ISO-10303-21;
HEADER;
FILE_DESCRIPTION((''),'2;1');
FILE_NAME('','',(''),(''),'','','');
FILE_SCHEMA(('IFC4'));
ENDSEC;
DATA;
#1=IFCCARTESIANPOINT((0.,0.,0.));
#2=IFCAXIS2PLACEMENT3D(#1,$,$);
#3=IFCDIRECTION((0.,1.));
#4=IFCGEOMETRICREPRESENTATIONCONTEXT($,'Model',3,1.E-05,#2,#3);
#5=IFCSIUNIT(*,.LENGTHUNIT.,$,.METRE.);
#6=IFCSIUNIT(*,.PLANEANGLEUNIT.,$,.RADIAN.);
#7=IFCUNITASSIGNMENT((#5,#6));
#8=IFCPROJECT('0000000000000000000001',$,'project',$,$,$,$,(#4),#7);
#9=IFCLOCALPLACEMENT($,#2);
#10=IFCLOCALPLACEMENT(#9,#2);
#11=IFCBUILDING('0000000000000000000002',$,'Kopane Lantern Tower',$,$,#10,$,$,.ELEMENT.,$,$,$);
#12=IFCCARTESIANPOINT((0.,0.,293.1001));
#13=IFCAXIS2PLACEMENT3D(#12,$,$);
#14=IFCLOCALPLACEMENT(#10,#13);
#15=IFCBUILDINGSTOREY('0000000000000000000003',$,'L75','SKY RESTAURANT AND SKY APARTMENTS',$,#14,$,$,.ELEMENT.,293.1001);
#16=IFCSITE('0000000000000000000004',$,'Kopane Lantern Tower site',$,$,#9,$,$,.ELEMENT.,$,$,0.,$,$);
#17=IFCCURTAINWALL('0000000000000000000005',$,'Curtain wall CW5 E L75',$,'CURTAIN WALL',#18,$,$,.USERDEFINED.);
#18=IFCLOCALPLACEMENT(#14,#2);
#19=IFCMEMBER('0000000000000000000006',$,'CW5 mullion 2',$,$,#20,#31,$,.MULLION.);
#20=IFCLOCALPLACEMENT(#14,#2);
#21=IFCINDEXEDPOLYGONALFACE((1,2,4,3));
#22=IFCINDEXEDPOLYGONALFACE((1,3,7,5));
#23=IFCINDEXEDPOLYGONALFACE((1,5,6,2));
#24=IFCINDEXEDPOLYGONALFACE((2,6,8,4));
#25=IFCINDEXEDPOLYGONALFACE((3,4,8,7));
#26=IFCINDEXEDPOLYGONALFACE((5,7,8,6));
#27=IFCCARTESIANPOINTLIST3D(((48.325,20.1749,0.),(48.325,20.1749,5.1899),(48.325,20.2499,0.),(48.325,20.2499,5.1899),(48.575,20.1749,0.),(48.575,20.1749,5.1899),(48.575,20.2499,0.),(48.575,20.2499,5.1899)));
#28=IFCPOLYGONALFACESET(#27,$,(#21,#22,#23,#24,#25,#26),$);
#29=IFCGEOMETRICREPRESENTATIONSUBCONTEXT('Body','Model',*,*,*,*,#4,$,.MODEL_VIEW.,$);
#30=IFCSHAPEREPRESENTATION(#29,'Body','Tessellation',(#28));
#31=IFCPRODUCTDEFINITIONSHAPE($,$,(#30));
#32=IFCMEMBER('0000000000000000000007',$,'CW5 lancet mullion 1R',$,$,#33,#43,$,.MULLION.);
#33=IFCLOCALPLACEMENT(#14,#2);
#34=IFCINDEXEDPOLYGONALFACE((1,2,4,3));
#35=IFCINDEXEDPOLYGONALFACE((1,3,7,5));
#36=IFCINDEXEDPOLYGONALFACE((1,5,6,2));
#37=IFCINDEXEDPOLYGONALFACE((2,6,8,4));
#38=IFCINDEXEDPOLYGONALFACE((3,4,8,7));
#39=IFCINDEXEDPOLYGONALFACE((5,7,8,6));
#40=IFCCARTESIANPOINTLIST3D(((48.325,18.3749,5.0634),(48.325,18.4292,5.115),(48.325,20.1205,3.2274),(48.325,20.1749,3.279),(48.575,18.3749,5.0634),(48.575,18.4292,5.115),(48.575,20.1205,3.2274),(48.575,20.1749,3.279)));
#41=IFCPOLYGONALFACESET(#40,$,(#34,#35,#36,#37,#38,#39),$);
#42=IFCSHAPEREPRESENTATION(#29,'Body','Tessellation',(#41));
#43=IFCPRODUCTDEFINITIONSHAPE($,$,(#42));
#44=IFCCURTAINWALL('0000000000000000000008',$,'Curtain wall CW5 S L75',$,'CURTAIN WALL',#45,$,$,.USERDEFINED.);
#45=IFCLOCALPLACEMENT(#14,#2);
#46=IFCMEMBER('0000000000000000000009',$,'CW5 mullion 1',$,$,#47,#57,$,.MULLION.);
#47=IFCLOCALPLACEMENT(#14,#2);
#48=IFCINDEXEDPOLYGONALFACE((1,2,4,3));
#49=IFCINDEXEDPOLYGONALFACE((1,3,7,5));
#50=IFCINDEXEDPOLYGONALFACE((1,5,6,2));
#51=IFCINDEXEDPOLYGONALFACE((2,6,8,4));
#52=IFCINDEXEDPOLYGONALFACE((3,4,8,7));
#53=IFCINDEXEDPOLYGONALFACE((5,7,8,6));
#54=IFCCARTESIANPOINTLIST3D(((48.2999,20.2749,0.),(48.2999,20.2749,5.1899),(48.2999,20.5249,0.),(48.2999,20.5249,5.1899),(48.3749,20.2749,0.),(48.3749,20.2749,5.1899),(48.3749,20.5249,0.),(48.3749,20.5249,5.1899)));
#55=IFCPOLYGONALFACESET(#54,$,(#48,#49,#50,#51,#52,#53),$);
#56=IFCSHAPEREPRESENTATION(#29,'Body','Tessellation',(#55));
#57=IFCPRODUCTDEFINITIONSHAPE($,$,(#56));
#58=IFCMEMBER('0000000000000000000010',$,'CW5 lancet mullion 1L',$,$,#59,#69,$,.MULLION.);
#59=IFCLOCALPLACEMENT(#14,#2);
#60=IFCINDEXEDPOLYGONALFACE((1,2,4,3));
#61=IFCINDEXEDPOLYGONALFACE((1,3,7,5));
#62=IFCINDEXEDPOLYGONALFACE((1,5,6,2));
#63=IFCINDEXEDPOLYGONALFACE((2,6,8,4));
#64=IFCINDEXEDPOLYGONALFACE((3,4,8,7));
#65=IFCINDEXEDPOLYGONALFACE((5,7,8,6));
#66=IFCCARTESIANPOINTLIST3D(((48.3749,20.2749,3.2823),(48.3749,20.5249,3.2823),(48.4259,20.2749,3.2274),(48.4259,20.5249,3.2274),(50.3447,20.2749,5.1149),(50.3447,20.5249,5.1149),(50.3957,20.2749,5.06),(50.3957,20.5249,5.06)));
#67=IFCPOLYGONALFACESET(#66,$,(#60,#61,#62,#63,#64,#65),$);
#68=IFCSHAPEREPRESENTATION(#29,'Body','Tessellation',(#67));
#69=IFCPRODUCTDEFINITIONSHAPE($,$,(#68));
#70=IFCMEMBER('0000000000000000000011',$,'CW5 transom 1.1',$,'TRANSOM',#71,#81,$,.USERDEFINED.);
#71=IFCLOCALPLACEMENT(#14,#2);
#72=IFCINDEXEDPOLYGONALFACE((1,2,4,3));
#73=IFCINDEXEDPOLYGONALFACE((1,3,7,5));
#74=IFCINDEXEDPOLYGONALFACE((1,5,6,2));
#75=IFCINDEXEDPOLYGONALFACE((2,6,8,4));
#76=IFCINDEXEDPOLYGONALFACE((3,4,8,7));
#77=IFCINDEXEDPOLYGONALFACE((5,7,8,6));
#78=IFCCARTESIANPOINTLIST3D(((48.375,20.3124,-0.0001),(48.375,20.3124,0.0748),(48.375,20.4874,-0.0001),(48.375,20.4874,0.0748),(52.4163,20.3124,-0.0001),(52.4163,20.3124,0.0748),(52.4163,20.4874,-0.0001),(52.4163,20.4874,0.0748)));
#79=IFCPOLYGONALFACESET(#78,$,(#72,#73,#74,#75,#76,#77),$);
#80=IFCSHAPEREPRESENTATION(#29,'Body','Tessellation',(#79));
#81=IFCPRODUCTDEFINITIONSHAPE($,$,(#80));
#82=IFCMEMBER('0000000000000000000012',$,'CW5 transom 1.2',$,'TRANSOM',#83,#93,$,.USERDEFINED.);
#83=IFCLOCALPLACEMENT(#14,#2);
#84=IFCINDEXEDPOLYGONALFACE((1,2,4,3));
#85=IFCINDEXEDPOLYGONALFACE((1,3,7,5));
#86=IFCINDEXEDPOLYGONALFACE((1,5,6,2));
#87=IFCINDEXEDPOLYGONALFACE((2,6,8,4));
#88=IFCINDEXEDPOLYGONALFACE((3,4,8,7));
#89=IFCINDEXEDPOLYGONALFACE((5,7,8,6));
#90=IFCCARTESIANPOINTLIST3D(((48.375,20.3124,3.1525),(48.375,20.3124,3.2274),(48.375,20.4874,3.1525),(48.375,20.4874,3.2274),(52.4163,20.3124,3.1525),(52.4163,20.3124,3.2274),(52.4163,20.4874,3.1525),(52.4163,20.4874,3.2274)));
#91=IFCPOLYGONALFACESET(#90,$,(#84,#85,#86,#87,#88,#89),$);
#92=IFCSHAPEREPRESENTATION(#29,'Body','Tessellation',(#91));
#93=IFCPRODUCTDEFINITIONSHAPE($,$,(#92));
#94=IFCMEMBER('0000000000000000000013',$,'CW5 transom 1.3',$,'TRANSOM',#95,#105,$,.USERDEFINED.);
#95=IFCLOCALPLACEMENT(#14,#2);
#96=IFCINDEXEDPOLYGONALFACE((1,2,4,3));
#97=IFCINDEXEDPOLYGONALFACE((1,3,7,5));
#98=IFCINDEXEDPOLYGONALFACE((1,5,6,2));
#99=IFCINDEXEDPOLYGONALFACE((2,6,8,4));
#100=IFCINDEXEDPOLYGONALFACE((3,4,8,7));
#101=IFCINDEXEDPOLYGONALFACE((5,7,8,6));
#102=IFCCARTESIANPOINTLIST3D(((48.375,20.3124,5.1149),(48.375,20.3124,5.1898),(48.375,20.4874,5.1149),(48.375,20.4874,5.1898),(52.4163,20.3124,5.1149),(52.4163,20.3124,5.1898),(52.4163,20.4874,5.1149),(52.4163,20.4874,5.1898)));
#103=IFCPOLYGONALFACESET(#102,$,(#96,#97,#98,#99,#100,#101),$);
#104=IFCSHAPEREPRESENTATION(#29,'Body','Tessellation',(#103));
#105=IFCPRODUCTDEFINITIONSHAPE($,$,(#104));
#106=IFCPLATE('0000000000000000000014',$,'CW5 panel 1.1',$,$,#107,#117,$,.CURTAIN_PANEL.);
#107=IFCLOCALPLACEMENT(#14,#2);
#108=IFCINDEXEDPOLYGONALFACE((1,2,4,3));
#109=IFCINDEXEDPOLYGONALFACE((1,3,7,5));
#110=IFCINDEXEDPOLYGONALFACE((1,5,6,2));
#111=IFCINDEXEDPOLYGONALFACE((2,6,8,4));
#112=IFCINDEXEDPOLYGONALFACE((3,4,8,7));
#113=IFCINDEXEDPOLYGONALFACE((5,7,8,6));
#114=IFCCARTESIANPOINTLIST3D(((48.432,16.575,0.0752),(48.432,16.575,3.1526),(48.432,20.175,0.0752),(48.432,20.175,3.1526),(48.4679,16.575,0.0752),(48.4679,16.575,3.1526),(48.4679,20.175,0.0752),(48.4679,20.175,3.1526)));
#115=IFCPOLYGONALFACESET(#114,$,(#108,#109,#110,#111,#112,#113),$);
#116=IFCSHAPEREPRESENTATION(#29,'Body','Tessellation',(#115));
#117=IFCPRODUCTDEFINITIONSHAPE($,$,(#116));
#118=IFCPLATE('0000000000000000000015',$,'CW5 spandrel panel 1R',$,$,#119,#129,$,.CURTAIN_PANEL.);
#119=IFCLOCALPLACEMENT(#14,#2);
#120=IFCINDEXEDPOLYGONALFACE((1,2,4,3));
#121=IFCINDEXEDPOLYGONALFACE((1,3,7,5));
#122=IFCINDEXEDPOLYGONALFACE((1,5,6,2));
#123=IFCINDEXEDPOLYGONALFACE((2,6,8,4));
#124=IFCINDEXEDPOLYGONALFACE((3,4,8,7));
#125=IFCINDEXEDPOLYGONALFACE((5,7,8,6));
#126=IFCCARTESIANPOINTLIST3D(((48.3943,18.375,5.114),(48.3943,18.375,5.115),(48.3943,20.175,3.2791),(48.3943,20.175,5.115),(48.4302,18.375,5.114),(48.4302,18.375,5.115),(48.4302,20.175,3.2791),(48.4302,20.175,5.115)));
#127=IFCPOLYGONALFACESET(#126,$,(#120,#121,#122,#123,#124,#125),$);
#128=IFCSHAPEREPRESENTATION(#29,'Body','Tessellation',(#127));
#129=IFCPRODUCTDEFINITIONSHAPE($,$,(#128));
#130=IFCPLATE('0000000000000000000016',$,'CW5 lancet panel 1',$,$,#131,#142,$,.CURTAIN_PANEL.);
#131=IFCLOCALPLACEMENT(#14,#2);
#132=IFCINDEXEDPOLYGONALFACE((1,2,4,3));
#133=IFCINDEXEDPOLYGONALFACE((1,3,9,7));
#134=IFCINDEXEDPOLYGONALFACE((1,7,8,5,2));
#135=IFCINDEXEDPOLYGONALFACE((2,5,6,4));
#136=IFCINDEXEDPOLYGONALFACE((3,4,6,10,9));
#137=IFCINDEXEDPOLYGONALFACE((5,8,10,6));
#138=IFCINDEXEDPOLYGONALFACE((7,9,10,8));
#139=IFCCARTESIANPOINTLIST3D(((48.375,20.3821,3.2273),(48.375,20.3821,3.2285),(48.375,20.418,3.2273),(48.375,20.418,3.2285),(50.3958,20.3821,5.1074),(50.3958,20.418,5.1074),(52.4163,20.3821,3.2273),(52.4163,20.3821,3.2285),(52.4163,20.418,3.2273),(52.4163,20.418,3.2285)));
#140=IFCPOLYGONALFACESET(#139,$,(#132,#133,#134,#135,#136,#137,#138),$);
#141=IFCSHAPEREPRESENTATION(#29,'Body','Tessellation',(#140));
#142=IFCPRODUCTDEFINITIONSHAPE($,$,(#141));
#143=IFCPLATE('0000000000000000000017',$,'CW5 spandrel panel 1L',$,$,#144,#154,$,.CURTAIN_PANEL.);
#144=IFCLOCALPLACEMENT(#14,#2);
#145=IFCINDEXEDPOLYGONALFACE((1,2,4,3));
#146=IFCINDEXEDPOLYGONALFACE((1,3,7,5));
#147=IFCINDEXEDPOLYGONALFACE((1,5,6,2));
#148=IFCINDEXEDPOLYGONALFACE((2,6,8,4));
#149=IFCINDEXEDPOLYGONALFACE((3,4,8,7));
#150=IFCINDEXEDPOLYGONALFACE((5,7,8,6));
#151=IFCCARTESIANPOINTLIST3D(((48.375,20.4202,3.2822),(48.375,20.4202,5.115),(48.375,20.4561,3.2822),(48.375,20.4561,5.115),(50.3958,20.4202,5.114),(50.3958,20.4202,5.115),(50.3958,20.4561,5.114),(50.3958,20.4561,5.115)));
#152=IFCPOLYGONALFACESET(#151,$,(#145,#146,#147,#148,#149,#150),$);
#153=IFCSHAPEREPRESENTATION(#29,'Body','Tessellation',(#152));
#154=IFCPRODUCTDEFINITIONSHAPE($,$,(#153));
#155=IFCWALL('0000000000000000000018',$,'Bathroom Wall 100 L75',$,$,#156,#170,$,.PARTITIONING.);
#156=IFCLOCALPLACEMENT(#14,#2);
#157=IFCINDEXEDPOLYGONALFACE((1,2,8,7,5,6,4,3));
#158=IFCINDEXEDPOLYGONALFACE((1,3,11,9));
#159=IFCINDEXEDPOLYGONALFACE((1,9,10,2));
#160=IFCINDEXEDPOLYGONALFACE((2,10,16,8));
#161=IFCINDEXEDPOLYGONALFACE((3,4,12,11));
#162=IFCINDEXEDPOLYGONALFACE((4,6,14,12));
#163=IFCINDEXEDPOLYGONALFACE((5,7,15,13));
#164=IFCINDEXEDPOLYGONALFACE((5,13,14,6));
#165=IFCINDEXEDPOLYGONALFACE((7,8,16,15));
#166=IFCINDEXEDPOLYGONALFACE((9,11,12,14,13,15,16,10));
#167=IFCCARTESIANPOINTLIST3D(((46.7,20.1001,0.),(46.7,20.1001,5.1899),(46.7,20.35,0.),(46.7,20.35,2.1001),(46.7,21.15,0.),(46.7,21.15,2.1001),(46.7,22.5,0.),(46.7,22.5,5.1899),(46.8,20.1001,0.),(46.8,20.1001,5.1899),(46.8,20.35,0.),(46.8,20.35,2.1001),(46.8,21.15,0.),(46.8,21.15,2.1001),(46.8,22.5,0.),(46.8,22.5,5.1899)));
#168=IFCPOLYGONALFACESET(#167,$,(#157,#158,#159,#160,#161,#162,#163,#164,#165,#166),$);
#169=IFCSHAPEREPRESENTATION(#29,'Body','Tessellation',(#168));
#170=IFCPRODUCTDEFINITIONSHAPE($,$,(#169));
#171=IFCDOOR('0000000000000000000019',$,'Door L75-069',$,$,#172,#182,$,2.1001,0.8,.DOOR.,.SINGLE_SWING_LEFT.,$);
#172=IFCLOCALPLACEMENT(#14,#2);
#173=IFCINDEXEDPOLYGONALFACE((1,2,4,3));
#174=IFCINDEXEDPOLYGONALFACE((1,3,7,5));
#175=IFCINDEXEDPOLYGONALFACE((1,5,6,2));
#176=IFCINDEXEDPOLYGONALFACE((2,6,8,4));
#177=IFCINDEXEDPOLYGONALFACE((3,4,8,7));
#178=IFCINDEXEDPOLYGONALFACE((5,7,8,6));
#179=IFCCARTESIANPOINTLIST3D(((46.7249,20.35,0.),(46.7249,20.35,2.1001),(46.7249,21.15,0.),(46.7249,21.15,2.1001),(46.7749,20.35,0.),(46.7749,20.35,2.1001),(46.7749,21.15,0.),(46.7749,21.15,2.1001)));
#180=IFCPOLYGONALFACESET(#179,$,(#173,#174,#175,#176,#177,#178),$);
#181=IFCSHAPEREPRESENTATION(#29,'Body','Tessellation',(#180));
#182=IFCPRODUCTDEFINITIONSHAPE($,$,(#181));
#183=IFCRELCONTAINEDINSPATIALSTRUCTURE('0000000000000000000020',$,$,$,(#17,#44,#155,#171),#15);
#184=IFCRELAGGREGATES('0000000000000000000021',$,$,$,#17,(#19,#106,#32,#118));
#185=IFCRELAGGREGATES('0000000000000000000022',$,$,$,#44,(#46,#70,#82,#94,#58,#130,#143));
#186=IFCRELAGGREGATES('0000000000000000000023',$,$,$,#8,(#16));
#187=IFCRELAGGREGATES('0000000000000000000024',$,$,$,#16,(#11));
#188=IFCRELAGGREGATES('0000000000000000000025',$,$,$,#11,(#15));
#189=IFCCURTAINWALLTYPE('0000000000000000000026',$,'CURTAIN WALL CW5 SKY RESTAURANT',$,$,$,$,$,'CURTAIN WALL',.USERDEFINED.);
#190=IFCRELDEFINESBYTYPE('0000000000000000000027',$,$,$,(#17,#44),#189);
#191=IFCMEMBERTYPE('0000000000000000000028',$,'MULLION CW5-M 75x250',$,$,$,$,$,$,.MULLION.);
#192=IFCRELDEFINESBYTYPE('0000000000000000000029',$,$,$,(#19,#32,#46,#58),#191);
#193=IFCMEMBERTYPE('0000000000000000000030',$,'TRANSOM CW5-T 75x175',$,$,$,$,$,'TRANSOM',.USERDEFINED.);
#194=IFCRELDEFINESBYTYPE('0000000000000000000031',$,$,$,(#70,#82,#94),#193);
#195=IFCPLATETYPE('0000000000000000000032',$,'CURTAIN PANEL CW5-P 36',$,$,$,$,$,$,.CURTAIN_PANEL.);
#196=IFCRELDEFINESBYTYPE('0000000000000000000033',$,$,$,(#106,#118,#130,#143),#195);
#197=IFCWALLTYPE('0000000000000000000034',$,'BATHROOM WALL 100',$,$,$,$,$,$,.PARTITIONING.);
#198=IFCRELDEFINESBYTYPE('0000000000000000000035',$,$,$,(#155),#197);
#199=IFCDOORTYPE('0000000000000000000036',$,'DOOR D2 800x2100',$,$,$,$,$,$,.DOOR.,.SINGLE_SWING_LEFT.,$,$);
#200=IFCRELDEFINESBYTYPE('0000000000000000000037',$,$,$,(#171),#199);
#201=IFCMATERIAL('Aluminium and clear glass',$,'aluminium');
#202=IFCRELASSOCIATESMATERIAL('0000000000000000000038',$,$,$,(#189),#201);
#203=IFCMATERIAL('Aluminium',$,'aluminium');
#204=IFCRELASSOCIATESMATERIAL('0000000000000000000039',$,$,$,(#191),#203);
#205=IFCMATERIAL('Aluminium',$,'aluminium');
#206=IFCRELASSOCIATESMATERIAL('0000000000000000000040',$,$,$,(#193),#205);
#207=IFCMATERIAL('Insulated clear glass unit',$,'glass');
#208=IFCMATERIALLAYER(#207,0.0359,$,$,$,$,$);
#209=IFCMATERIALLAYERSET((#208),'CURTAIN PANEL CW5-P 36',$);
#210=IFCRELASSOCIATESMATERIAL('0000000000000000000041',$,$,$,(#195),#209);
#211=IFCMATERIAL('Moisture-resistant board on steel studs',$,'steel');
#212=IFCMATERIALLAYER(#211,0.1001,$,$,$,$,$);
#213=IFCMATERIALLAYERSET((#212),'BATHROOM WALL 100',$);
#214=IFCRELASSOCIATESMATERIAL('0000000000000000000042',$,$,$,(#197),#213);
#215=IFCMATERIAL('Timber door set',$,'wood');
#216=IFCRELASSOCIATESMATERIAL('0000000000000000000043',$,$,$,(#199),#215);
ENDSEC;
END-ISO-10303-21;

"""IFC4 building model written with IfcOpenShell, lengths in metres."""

from ifc_helpers import new_model, si_unit, direction, frame, frame_2d, origin, origin_2d, place, context, subcontext, project, spatial, polyline, rectangle, outline, extrude, material, layer, layer_set, material_profile, profile_set, type_object, element, fill, aggregate, save


model = new_model("IFC4")

# Units and contexts
model_context = context("Model", 3, precision=1e-05, world=origin(), true_north=direction((0.0, 1.0)))
body_context = subcontext(model_context, "Body", "Model", "MODEL_VIEW")
ifc_project = project(units=[si_unit("LENGTHUNIT", "METRE"), si_unit("PLANEANGLEUNIT", "RADIAN")], contexts=[model_context])

# Site, building, storey
site_placement = place(None, origin())
site = spatial("IfcSite", under=ifc_project, at=site_placement, Name="Kopane Lantern Tower site", CompositionType="ELEMENT", RefElevation=0.0)
building_placement = place(site_placement, origin())
building = spatial("IfcBuilding", under=site, at=building_placement, Name="Kopane Lantern Tower", CompositionType="ELEMENT")
storey_placement = place(building_placement, frame((0.0, 0.0, 293.1001)))
storey = spatial("IfcBuildingStorey", under=building, at=storey_placement, Name="L75", Description="SKY RESTAURANT AND SKY APARTMENTS", CompositionType="ELEMENT", Elevation=293.1001)

# Curtain walls, members
ifc_material_1 = material(Name="Aluminium and clear glass", Category="aluminium")
curtain_wall_type = type_object("IfcCurtainWallType", Name="CURTAIN WALL CW5 SKY RESTAURANT", ElementType="CURTAIN WALL", PredefinedType="USERDEFINED", material=ifc_material_1)
curtain_wall_1_placement = place(storey_placement, origin())
curtain_wall_1 = element("IfcCurtainWall", 1, at=curtain_wall_1_placement, inside=storey, type_object=curtain_wall_type, Name="Curtain wall CW5 E L75", ObjectType="CURTAIN WALL", PredefinedType="USERDEFINED")
ifc_material_2 = material(Name="Aluminium", Category="aluminium")
ifc_material_profile_1 = material_profile(ifc_material_2, rectangle(XDim=0.075, YDim=0.25, at=origin_2d()), Name="AL 75x250")
ifc_profile_set_1 = profile_set([ifc_material_profile_1], Name="Aluminium")
member_type_1 = type_object("IfcMemberType", Name="MULLION CW5-M 75x250", PredefinedType="MULLION", material=ifc_profile_set_1)
member_1_placement = place(storey_placement, frame((48.45, 20.2124, 0.0), z_axis=(0.0, 0.0, 1.0), x_axis=(0.0, 1.0, 0.0)))
member_1 = element("IfcMember", 2, at=member_1_placement, type_object=member_type_1, Name="CW5 mullion 2", PredefinedType="MULLION", context=body_context, shape_type="SweptSolid", body=[
    extrude(rectangle(XDim=0.075, YDim=0.25, at=origin_2d()), origin(), (0.0, 0.0, 1.0), 5.1899),
])
member_2_placement = place(storey_placement, frame((48.45, 20.1477, 3.2532), z_axis=(0.0, -0.689053, 0.724711), x_axis=(0.0, 0.724711, 0.689053)))
member_2 = element("IfcMember", 3, at=member_2_placement, type_object=member_type_1, Name="CW5 lancet mullion 1R", PredefinedType="MULLION", context=body_context, shape_type="SweptSolid", body=[
    extrude(rectangle(XDim=0.075, YDim=0.25, at=origin_2d()), origin(), (0.0, 0.0, 1.0), 2.5334),
])
curtain_wall_2_placement = place(storey_placement, origin())
curtain_wall_2 = element("IfcCurtainWall", 4, at=curtain_wall_2_placement, inside=storey, type_object=curtain_wall_type, Name="Curtain wall CW5 S L75", ObjectType="CURTAIN WALL", PredefinedType="USERDEFINED")
member_3_placement = place(storey_placement, frame((48.3374, 20.3999, 0.0), z_axis=(0.0, 0.0, 1.0), x_axis=(1.0, 0.0, 0.0)))
member_3 = element("IfcMember", 5, at=member_3_placement, type_object=member_type_1, Name="CW5 mullion 1", PredefinedType="MULLION", context=body_context, shape_type="SweptSolid", body=[
    extrude(rectangle(XDim=0.075, YDim=0.25, at=origin_2d()), origin(), (0.0, 0.0, 1.0), 5.1899),
])
member_4_placement = place(storey_placement, frame((48.4004, 20.3999, 3.2549), z_axis=(0.732147, 0.0, 0.681147), x_axis=(-0.681147, 0.0, 0.732147)))
member_4 = element("IfcMember", 6, at=member_4_placement, type_object=member_type_1, Name="CW5 lancet mullion 1L", PredefinedType="MULLION", context=body_context, shape_type="SweptSolid", body=[
    extrude(rectangle(XDim=0.075, YDim=0.25, at=origin_2d()), origin(), (0.0, 0.0, 1.0), 2.6904),
])
ifc_material_3 = material(Name="Aluminium", Category="aluminium")
ifc_material_profile_2 = material_profile(ifc_material_3, rectangle(XDim=0.175, YDim=0.075, at=origin_2d()), Name="AL 175x75")
ifc_profile_set_2 = profile_set([ifc_material_profile_2], Name="Aluminium")
member_type_2 = type_object("IfcMemberType", Name="TRANSOM CW5-T 75x175", ElementType="TRANSOM", PredefinedType="USERDEFINED", material=ifc_profile_set_2)
member_5_placement = place(storey_placement, frame((48.375, 20.3999, 0.0374), z_axis=(1.0, 0.0, 0.0), x_axis=(0.0, 1.0, 0.0)))
member_5 = element("IfcMember", 7, at=member_5_placement, type_object=member_type_2, Name="CW5 transom 1.1", ObjectType="TRANSOM", PredefinedType="USERDEFINED", context=body_context, shape_type="SweptSolid", body=[
    extrude(rectangle(XDim=0.175, YDim=0.075, at=origin_2d()), origin(), (0.0, 0.0, 1.0), 4.0413),
])
member_6_placement = place(storey_placement, frame((48.375, 20.3999, 3.1899), z_axis=(1.0, 0.0, 0.0), x_axis=(0.0, 1.0, 0.0)))
member_6 = element("IfcMember", 8, at=member_6_placement, type_object=member_type_2, Name="CW5 transom 1.2", ObjectType="TRANSOM", PredefinedType="USERDEFINED", context=body_context, shape_type="SweptSolid", body=[
    extrude(rectangle(XDim=0.175, YDim=0.075, at=origin_2d()), origin(), (0.0, 0.0, 1.0), 4.0413),
])
member_7_placement = place(storey_placement, frame((48.375, 20.3999, 5.1523), z_axis=(1.0, 0.0, 0.0), x_axis=(0.0, 1.0, 0.0)))
member_7 = element("IfcMember", 9, at=member_7_placement, type_object=member_type_2, Name="CW5 transom 1.3", ObjectType="TRANSOM", PredefinedType="USERDEFINED", context=body_context, shape_type="SweptSolid", body=[
    extrude(rectangle(XDim=0.175, YDim=0.075, at=origin_2d()), origin(), (0.0, 0.0, 1.0), 4.0413),
])

# Plates
ifc_material_4 = material(Name="Insulated clear glass unit", Category="glass")
ifc_layer_1 = layer(ifc_material_4, 0.0359)
ifc_layer_set_1 = layer_set([ifc_layer_1], Name="CURTAIN PANEL CW5-P 36")
plate_type = type_object("IfcPlateType", Name="CURTAIN PANEL CW5-P 36", PredefinedType="CURTAIN_PANEL", material=ifc_layer_set_1)
plate_1_placement = place(storey_placement, frame((48.45, 18.375, 0.0752), z_axis=(0.0, 0.0, 1.0), x_axis=(0.0, 1.0, 0.0)))
plate_1 = element("IfcPlate", 10, at=plate_1_placement, type_object=plate_type, Name="CW5 panel 1.1", PredefinedType="CURTAIN_PANEL", context=body_context, shape_type="SweptSolid", body=[
    extrude(rectangle(XDim=3.6001, YDim=0.0359, at=origin_2d()), origin(), (0.0, 0.0, 1.0), 3.0774),
])
plate_2_placement = place(storey_placement, frame((48.4121, 20.175, 5.115), z_axis=(0.0, 0.0, 1.0), x_axis=(0.0, -1.0, 0.0)))
plate_2 = element("IfcPlate", 11, at=plate_2_placement, type_object=plate_type, Name="CW5 spandrel panel 1R", PredefinedType="CURTAIN_PANEL", context=body_context, shape_type="SweptSolid", body=[
    extrude(outline(polyline([(0.0, 0.0), (1.8, 0.0), (1.8, -0.001), (0.0, -1.8359), (0.0, 0.0)])), frame((0.0, 0.0181, 0.0), z_axis=(0.0, -1.0, 0.0), x_axis=(1.0, 0.0, 0.0)), (0.0, 0.0, 1.0), 0.0359),
])
aggregate(curtain_wall_1, [member_1, plate_1, member_2, plate_2])
plate_3_placement = place(storey_placement, frame((48.375, 20.3999, 3.2273), z_axis=(0.0, 0.0, 1.0), x_axis=(1.0, 0.0, 0.0)))
plate_3 = element("IfcPlate", 12, at=plate_3_placement, type_object=plate_type, Name="CW5 lancet panel 1", PredefinedType="CURTAIN_PANEL", context=body_context, shape_type="SweptSolid", body=[
    extrude(outline(polyline([(0.0, 0.0), (4.0413, 0.0), (4.0413, 0.0012), (2.0208, 1.8801), (0.0, 0.0012), (0.0, 0.0)])), frame((0.0, 0.0181, 0.0), z_axis=(0.0, -1.0, 0.0), x_axis=(1.0, 0.0, 0.0)), (0.0, 0.0, 1.0), 0.0359),
])
plate_4_placement = place(storey_placement, frame((48.375, 20.438, 5.115), z_axis=(0.0, 0.0, 1.0), x_axis=(1.0, 0.0, 0.0)))
plate_4 = element("IfcPlate", 13, at=plate_4_placement, type_object=plate_type, Name="CW5 spandrel panel 1L", PredefinedType="CURTAIN_PANEL", context=body_context, shape_type="SweptSolid", body=[
    extrude(outline(polyline([(0.0, 0.0), (2.0208, 0.0), (2.0208, -0.001), (0.0, -1.8328), (0.0, 0.0)])), frame((0.0, 0.0181, 0.0), z_axis=(0.0, -1.0, 0.0), x_axis=(1.0, 0.0, 0.0)), (0.0, 0.0, 1.0), 0.0359),
])
aggregate(curtain_wall_2, [member_3, member_5, member_6, member_7, member_4, plate_3, plate_4])

# Wall, opening, door
ifc_material_5 = material(Name="Moisture-resistant board on steel studs", Category="steel")
ifc_layer_2 = layer(ifc_material_5, 0.1001)
ifc_layer_set_2 = layer_set([ifc_layer_2], Name="BATHROOM WALL 100")
wall_type_1 = type_object("IfcWallType", Name="BATHROOM WALL 100", PredefinedType="PARTITIONING", material=ifc_layer_set_2)
wall_1_placement = place(storey_placement, frame((46.75, 22.5, 0.0), z_axis=(0.0, 0.0, 1.0), x_axis=(0.0, -1.0, 0.0)))
wall_1 = element("IfcWall", 14, at=wall_1_placement, inside=storey, type_object=wall_type_1, Name="Bathroom Wall 100 L75", PredefinedType="PARTITIONING", context=body_context, shape_type="SweptSolid", body=[
    extrude(rectangle(XDim=2.3999, YDim=0.1001, at=frame_2d((1.2, 0.0))), origin(), (0.0, 0.0, 1.0), 5.1899),
])
opening_1_placement = place(wall_1_placement, frame((1.3501, 0.0, 0.0)))
opening_1 = element("IfcOpeningElement", 15, at=opening_1_placement, cuts=wall_1, PredefinedType="OPENING", context=body_context, shape_type="SweptSolid", body=[
    extrude(rectangle(XDim=0.8, YDim=2.1001, at=frame_2d((0.3999, 1.05))), frame((0.0, 0.0601, 0.0), z_axis=(0.0, -1.0, 0.0), x_axis=(1.0, 0.0, 0.0)), (0.0, 0.0, 1.0), 0.1201),
])
ifc_material_6 = material(Name="Timber door set", Category="wood")
door_type_1 = type_object("IfcDoorType", Name="DOOR D2 800x2100", OperationType="SINGLE_SWING_LEFT", PredefinedType="DOOR", material=ifc_material_6)
door_1_placement = place(opening_1_placement, origin())
door_1 = element("IfcDoor", 16, at=door_1_placement, inside=storey, type_object=door_type_1, Name="Door L75-069", OperationType="SINGLE_SWING_LEFT", OverallHeight=2.1001, OverallWidth=0.8, PredefinedType="DOOR", context=body_context, shape_type="SweptSolid", body=[
    extrude(rectangle(XDim=0.8, YDim=2.1001, at=frame_2d((0.3999, 1.05))), frame((0.0, 0.0249, 0.0), z_axis=(0.0, -1.0, 0.0), x_axis=(1.0, 0.0, 0.0)), (0.0, 0.0, 1.0), 0.05),
])
fill(opening_1, door_1)

save(model, "model.ifc")
